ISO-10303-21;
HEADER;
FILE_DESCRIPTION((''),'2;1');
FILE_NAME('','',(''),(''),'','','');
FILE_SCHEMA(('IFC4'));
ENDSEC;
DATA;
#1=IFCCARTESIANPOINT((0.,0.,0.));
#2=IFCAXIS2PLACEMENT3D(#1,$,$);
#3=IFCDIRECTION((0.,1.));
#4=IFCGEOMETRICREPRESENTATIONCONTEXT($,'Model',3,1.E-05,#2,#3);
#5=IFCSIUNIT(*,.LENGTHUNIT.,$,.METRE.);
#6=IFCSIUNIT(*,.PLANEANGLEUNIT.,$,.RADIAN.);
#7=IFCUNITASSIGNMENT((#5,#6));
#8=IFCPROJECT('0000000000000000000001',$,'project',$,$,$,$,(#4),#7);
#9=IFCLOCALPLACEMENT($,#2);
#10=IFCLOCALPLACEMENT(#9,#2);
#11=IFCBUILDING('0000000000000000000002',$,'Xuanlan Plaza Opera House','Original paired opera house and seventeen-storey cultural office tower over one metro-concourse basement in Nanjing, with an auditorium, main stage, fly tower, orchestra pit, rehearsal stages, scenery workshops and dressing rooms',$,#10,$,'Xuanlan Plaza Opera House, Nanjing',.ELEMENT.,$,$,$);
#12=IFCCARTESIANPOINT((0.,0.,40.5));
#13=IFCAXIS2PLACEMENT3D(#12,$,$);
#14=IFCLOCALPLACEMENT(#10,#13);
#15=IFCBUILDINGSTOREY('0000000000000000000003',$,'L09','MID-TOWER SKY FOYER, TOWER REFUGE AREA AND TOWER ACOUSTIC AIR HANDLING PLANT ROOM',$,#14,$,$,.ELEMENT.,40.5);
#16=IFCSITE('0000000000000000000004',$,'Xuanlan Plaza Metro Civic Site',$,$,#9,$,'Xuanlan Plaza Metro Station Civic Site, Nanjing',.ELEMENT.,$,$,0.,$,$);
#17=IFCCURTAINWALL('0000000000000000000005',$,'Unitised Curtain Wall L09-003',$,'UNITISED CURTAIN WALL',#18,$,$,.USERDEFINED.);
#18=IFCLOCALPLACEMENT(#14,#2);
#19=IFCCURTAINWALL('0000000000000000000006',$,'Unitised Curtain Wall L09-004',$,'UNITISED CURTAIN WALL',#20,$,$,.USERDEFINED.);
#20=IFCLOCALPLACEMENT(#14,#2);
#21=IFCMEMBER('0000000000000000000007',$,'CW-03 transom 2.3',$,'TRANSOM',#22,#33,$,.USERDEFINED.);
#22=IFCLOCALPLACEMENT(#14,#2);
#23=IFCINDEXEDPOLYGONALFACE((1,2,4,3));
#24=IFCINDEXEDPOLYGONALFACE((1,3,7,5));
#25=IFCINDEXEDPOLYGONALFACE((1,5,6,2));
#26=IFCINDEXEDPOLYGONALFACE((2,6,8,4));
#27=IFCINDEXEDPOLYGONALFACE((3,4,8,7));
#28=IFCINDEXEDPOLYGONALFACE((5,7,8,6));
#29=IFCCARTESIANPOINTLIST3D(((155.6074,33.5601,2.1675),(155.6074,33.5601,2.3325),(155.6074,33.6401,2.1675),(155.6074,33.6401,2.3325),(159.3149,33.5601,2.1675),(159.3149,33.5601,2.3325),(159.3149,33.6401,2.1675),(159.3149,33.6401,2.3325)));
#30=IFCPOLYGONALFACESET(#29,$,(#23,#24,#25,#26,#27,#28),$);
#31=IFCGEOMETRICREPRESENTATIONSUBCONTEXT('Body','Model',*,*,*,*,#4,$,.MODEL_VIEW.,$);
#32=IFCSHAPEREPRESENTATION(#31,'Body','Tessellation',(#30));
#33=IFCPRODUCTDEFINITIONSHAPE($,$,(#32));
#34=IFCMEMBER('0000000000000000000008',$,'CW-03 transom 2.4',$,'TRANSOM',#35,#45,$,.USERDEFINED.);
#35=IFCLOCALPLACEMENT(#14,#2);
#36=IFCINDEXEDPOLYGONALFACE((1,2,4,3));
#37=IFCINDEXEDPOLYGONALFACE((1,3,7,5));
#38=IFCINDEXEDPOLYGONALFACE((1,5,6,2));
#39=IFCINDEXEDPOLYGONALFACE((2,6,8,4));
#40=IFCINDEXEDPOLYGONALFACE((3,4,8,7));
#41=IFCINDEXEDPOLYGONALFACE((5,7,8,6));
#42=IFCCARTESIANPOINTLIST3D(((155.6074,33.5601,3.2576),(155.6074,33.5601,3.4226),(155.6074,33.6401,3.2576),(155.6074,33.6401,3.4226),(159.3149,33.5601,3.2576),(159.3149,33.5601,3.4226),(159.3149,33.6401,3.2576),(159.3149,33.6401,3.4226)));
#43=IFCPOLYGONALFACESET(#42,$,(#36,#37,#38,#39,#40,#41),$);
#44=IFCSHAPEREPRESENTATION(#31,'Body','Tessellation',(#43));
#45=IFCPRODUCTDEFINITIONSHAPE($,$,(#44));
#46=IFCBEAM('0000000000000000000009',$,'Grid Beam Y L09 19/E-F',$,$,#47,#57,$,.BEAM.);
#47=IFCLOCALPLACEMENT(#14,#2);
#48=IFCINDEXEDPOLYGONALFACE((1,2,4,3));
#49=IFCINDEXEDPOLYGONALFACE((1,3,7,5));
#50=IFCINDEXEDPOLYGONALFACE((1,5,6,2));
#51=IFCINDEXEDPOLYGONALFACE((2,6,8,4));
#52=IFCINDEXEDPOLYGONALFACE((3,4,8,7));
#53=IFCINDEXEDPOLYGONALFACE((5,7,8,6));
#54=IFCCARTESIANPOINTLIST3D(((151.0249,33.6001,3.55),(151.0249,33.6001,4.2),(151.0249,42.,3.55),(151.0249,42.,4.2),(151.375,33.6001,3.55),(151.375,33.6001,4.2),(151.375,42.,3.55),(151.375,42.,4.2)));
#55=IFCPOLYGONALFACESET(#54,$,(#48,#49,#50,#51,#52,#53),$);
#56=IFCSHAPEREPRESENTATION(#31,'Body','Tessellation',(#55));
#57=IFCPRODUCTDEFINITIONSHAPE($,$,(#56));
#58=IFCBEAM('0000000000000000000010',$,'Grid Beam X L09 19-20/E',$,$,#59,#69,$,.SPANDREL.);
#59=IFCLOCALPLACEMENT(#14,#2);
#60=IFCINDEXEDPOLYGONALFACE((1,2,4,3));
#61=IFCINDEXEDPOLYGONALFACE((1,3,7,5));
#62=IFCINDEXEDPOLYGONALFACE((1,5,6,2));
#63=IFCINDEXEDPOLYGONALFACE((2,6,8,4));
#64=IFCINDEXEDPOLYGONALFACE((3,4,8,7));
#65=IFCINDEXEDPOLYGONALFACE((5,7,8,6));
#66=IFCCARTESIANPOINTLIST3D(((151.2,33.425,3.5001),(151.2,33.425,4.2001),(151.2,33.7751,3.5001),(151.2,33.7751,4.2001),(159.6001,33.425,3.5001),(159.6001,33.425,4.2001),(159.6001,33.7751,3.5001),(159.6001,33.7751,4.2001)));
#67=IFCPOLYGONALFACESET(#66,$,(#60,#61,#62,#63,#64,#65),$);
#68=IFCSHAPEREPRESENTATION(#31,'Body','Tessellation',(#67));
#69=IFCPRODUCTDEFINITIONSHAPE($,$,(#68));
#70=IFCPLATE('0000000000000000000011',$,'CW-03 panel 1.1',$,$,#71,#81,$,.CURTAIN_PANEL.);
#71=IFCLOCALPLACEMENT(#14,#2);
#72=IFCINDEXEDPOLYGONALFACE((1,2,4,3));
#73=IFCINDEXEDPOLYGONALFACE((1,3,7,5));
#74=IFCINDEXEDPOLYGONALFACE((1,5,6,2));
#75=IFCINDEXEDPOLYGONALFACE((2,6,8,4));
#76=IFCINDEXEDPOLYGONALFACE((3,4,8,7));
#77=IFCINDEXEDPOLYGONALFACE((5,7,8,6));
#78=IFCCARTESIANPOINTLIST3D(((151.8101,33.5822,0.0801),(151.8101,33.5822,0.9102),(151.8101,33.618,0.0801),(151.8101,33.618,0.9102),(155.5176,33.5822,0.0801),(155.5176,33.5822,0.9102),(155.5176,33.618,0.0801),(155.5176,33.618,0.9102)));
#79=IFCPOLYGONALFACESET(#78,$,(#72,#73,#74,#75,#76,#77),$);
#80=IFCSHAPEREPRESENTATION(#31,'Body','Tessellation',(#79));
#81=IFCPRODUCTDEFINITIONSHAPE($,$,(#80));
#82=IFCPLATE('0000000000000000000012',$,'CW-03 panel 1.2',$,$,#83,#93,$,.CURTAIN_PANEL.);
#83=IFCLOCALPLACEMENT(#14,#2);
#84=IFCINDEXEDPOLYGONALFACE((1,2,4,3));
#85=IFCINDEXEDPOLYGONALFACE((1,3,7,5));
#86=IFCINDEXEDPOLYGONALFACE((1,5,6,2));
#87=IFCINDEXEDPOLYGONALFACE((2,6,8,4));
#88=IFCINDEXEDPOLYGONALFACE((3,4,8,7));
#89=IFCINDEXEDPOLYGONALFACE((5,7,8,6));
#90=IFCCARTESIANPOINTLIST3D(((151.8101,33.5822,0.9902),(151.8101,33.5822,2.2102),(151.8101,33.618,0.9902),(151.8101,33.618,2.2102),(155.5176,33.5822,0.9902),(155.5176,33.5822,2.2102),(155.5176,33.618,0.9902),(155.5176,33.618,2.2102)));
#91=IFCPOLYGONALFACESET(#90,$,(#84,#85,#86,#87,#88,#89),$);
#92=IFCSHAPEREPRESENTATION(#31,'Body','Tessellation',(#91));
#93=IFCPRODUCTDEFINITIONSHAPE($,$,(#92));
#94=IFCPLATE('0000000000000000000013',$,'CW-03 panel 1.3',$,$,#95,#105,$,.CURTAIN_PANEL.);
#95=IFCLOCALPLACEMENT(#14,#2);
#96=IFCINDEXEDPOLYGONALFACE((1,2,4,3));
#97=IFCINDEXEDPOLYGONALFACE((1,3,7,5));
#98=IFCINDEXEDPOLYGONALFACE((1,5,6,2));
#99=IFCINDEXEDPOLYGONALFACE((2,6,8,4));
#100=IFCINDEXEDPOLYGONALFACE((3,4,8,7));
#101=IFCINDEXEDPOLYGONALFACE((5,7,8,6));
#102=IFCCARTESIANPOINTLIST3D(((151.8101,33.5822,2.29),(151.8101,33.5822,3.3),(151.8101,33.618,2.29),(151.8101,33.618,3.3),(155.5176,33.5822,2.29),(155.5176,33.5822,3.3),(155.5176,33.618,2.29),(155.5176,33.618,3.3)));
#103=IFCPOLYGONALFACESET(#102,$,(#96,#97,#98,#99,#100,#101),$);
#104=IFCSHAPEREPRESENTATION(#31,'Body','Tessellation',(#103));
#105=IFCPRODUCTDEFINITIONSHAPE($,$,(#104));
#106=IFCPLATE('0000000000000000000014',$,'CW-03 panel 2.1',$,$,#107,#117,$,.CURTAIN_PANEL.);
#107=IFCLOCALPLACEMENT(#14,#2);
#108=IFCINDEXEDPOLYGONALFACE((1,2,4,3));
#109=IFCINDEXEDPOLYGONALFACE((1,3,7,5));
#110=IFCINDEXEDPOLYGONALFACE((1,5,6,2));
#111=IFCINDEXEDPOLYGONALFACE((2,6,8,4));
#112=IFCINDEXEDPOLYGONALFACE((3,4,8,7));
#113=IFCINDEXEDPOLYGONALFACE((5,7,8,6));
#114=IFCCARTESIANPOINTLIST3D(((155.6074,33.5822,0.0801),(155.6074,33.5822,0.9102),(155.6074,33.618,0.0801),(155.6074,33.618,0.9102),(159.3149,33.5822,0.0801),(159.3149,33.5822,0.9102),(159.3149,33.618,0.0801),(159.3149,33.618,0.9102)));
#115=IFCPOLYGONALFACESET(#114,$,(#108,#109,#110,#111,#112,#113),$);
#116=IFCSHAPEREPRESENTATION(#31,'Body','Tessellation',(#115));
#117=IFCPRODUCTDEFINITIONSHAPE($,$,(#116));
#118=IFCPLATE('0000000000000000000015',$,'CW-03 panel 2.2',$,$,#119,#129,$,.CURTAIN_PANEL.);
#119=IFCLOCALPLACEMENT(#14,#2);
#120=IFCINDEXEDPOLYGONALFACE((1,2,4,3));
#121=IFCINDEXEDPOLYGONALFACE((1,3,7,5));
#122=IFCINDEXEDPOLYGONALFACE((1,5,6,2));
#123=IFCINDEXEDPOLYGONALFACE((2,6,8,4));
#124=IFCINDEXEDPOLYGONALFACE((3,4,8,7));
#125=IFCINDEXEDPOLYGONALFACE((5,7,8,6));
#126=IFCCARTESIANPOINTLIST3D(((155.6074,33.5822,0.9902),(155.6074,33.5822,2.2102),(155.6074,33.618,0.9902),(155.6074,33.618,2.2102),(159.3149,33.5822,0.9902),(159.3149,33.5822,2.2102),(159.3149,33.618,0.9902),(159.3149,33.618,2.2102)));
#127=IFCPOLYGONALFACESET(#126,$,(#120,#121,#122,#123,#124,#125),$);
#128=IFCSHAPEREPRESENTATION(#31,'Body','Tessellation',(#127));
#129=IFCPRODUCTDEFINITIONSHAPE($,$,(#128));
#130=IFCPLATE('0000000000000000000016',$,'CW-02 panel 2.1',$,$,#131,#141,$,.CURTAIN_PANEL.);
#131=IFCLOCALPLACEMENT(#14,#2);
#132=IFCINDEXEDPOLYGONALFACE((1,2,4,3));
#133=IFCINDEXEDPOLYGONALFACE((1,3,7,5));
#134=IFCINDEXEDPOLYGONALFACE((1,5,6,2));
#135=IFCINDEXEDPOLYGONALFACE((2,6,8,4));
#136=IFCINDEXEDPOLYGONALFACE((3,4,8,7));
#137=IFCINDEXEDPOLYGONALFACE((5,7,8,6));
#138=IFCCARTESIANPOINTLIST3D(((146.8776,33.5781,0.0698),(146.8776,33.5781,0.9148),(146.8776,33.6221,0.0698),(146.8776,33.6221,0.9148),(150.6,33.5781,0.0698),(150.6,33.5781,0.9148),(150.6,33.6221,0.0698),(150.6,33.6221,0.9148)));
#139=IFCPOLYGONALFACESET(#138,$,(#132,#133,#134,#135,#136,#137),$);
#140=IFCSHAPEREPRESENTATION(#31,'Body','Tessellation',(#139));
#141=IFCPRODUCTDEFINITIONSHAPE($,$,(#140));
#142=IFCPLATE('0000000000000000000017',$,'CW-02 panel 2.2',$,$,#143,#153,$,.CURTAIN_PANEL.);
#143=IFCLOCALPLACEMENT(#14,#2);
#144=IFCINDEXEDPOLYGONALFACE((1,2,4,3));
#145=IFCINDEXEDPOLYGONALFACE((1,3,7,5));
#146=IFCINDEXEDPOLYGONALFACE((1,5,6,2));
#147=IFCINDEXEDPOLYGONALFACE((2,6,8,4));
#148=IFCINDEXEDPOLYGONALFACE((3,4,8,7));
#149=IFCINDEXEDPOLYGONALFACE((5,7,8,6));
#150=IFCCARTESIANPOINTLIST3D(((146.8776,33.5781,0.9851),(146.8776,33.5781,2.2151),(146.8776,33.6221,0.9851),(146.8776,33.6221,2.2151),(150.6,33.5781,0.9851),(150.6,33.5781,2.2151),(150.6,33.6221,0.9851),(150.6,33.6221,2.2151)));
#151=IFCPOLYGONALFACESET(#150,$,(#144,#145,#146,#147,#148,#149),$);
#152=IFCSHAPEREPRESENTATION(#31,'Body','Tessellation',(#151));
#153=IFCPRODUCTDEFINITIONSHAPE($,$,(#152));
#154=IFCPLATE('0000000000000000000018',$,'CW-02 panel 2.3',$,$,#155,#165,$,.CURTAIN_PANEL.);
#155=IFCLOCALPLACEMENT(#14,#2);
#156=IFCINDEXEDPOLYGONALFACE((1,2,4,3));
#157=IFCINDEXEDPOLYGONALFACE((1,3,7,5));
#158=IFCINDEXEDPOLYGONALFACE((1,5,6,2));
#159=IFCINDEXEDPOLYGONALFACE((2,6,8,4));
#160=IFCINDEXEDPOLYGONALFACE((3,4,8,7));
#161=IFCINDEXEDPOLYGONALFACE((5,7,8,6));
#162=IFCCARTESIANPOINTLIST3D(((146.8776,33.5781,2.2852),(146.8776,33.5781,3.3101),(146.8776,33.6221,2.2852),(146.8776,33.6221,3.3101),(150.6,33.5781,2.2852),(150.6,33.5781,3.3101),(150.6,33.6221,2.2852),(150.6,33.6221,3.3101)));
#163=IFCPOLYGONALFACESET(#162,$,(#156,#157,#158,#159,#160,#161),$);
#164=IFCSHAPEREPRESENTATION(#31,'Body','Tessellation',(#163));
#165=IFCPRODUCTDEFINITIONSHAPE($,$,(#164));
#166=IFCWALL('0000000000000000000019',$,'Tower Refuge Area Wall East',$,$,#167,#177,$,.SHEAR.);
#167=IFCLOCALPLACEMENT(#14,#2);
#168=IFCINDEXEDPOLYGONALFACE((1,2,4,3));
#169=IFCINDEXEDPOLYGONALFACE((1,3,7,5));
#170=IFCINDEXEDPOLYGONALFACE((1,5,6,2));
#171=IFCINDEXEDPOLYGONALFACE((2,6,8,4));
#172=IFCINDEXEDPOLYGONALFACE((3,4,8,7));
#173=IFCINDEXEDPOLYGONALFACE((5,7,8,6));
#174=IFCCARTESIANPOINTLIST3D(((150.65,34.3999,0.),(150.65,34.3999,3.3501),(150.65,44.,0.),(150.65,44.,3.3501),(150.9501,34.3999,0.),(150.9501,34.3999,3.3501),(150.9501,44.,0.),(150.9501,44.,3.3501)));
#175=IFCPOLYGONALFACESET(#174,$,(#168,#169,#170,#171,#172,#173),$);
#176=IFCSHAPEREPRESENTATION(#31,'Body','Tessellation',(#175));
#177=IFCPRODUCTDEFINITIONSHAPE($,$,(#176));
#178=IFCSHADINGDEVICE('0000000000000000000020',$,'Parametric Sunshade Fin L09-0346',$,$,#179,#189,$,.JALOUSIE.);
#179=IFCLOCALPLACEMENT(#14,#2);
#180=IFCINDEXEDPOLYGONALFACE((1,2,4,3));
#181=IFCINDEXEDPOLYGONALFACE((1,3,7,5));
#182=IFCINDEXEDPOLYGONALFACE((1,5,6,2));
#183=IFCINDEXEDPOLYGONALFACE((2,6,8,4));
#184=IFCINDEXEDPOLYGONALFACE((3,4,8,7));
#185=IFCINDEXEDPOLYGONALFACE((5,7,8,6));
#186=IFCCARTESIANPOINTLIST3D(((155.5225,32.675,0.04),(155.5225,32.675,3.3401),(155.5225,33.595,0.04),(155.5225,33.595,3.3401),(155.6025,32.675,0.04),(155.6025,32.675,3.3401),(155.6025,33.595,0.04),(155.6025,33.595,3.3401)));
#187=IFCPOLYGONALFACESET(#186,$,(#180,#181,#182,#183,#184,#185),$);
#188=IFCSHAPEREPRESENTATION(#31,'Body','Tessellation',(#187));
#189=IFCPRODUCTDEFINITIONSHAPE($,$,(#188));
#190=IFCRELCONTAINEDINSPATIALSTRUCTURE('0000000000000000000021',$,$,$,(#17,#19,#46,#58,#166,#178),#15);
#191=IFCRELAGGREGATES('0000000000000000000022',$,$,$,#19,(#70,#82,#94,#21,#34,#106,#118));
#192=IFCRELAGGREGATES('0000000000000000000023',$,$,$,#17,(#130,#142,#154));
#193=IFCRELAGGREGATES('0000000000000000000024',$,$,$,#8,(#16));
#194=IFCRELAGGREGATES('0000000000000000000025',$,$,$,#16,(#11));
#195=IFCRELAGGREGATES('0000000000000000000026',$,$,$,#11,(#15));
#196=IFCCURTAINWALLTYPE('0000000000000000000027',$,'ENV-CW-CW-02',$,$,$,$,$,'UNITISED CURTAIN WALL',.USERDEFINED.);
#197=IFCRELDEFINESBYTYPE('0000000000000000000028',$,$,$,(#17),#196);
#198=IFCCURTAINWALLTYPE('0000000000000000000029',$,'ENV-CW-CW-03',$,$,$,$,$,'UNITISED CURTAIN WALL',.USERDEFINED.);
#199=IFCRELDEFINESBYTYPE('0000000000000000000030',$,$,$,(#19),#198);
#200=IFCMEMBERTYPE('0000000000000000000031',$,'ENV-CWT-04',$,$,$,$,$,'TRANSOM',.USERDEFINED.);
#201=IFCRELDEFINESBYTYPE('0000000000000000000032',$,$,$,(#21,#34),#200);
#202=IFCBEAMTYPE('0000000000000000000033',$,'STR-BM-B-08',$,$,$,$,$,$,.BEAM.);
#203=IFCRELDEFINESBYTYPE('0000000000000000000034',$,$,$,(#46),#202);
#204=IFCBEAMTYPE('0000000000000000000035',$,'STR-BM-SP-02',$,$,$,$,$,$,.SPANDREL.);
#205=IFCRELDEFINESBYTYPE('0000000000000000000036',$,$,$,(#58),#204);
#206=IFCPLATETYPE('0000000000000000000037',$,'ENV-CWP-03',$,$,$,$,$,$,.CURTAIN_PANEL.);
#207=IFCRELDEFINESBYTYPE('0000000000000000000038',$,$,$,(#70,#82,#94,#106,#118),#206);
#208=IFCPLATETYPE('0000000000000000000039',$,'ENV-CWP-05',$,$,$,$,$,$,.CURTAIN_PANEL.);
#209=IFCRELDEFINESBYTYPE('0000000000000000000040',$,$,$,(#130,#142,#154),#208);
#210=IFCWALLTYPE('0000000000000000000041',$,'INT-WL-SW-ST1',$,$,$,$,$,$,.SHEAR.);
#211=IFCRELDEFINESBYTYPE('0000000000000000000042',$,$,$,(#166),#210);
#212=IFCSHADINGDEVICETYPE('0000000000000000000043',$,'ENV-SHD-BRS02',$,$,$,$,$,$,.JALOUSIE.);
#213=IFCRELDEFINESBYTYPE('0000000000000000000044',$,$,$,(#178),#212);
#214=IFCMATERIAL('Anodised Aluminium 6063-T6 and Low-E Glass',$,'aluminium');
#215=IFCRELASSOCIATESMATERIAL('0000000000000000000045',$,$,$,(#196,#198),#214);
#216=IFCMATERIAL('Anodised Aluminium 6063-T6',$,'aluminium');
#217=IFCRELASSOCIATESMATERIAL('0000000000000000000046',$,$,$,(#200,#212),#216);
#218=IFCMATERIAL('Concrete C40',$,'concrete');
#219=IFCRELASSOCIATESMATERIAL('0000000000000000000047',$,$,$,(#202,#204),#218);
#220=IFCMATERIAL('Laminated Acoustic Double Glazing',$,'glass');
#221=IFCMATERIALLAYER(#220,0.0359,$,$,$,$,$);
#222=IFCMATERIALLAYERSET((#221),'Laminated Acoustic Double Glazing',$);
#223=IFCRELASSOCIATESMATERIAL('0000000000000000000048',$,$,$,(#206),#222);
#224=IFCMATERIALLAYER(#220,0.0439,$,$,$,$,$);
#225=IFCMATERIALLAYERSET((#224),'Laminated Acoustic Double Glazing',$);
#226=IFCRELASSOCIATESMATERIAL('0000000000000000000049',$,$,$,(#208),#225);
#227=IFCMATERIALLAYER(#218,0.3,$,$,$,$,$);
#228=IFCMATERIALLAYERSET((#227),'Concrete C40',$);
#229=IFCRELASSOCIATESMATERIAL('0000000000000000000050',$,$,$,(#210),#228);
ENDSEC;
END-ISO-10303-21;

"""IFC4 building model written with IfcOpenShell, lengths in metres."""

from ifc_helpers import new_model, si_unit, direction, frame, frame_2d, origin, origin_2d, place, context, subcontext, project, spatial, rectangle, extrude, material, layer, layer_set, material_profile, profile_set, type_object, element, aggregate, save


model = new_model("IFC4")

# Units and contexts
model_context = context("Model", 3, precision=1e-05, world=origin(), true_north=direction((0.0, 1.0)))
body_context = subcontext(model_context, "Body", "Model", "MODEL_VIEW")
ifc_project = project(units=[si_unit("LENGTHUNIT", "METRE"), si_unit("PLANEANGLEUNIT", "RADIAN")], contexts=[model_context])

# Site, building, storey
site_placement = place(None, origin())
site = spatial("IfcSite", under=ifc_project, at=site_placement, Name="Xuanlan Plaza Metro Civic Site", LongName="Xuanlan Plaza Metro Station Civic Site, Nanjing", CompositionType="ELEMENT", RefElevation=0.0)
building_placement = place(site_placement, origin())
building = spatial("IfcBuilding", under=site, at=building_placement, Name="Xuanlan Plaza Opera House", Description="Original paired opera house and seventeen-storey cultural office tower over one metro-concourse basement in Nanjing, with an auditorium, main stage, fly tower, orchestra pit, rehearsal stages, scenery workshops and dressing rooms", LongName="Xuanlan Plaza Opera House, Nanjing", CompositionType="ELEMENT")
storey_placement = place(building_placement, frame((0.0, 0.0, 40.5)))
storey = spatial("IfcBuildingStorey", under=building, at=storey_placement, Name="L09", Description="MID-TOWER SKY FOYER, TOWER REFUGE AREA AND TOWER ACOUSTIC AIR HANDLING PLANT ROOM", CompositionType="ELEMENT", Elevation=40.5)

# Curtain wall
ifc_material_1 = material(Name="Anodised Aluminium 6063-T6 and Low-E Glass", Category="aluminium")
curtain_wall_type_1 = type_object("IfcCurtainWallType", Name="ENV-CW-CW-02", ElementType="UNITISED CURTAIN WALL", PredefinedType="USERDEFINED", material=ifc_material_1)
curtain_wall_1_placement = place(storey_placement, origin())
curtain_wall_1 = element("IfcCurtainWall", 1, at=curtain_wall_1_placement, inside=storey, type_object=curtain_wall_type_1, Name="Unitised Curtain Wall L09-003", ObjectType="UNITISED CURTAIN WALL", PredefinedType="USERDEFINED")
ifc_material_2 = material(Name="Anodised Aluminium 6063-T6", Category="aluminium")

# Curtain wall
curtain_wall_type_2 = type_object("IfcCurtainWallType", Name="ENV-CW-CW-03", ElementType="UNITISED CURTAIN WALL", PredefinedType="USERDEFINED", material=ifc_material_1)
curtain_wall_2_placement = place(storey_placement, origin())
curtain_wall_2 = element("IfcCurtainWall", 2, at=curtain_wall_2_placement, inside=storey, type_object=curtain_wall_type_2, Name="Unitised Curtain Wall L09-004", ObjectType="UNITISED CURTAIN WALL", PredefinedType="USERDEFINED")

# Members
ifc_material_profile_1 = material_profile(ifc_material_2, rectangle(XDim=0.0801, YDim=0.165, at=origin_2d()), Name="ALU-T 80x165")
ifc_profile_set_1 = profile_set([ifc_material_profile_1], Name="Anodised Aluminium 6063-T6")
member_type_1 = type_object("IfcMemberType", Name="ENV-CWT-04", ElementType="TRANSOM", PredefinedType="USERDEFINED", material=ifc_profile_set_1)
member_1_placement = place(storey_placement, frame((155.6074, 33.6001, 2.25), z_axis=(1.0, 0.0, 0.0), x_axis=(0.0, 1.0, 0.0)))
member_1 = element("IfcMember", 3, at=member_1_placement, type_object=member_type_1, Name="CW-03 transom 2.3", ObjectType="TRANSOM", PredefinedType="USERDEFINED", context=body_context, shape_type="SweptSolid", body=[
    extrude(rectangle(XDim=0.0801, YDim=0.165, at=origin_2d()), origin(), (0.0, 0.0, 1.0), 3.7075),
])
member_2_placement = place(storey_placement, frame((155.6074, 33.6001, 3.3401), z_axis=(1.0, 0.0, 0.0), x_axis=(0.0, 1.0, 0.0)))
member_2 = element("IfcMember", 4, at=member_2_placement, type_object=member_type_1, Name="CW-03 transom 2.4", ObjectType="TRANSOM", PredefinedType="USERDEFINED", context=body_context, shape_type="SweptSolid", body=[
    extrude(rectangle(XDim=0.0801, YDim=0.165, at=origin_2d()), origin(), (0.0, 0.0, 1.0), 3.7075),
])

# Beams
ifc_material_3 = material(Name="Concrete C40", Category="concrete")
ifc_material_profile_2 = material_profile(ifc_material_3, rectangle(XDim=0.3501, YDim=0.6499, at=origin_2d()), Name="RC-BM 350x650")
ifc_profile_set_2 = profile_set([ifc_material_profile_2], Name="Concrete C40")
beam_type_1 = type_object("IfcBeamType", Name="STR-BM-B-08", PredefinedType="BEAM", material=ifc_profile_set_2)
beam_1_placement = place(storey_placement, frame((151.2, 33.6001, 3.875), z_axis=(0.0, 1.0, 0.0), x_axis=(-1.0, 0.0, 0.0)))
element("IfcBeam", 5, at=beam_1_placement, inside=storey, type_object=beam_type_1, Name="Grid Beam Y L09 19/E-F", PredefinedType="BEAM", context=body_context, shape_type="SweptSolid", body=[
    extrude(rectangle(XDim=0.3501, YDim=0.6499, at=origin_2d()), origin(), (0.0, 0.0, 1.0), 8.3999),
])
ifc_material_profile_3 = material_profile(ifc_material_3, rectangle(XDim=0.3501, YDim=0.7, at=origin_2d()), Name="RC-SPD 350x700")
ifc_profile_set_3 = profile_set([ifc_material_profile_3], Name="Concrete C40")
beam_type_2 = type_object("IfcBeamType", Name="STR-BM-SP-02", PredefinedType="SPANDREL", material=ifc_profile_set_3)
beam_2_placement = place(storey_placement, frame((151.2, 33.6001, 3.8501), z_axis=(1.0, 0.0, 0.0), x_axis=(0.0, 1.0, 0.0)))
element("IfcBeam", 6, at=beam_2_placement, inside=storey, type_object=beam_type_2, Name="Grid Beam X L09 19-20/E", PredefinedType="SPANDREL", context=body_context, shape_type="SweptSolid", body=[
    extrude(rectangle(XDim=0.3501, YDim=0.7, at=origin_2d()), origin(), (0.0, 0.0, 1.0), 8.4001),
])

# Plates
ifc_material_4 = material(Name="Laminated Acoustic Double Glazing", Category="glass")
ifc_layer_1 = layer(ifc_material_4, 0.0359)
ifc_layer_set_1 = layer_set([ifc_layer_1], Name="Laminated Acoustic Double Glazing")
plate_type_1 = type_object("IfcPlateType", Name="ENV-CWP-03", PredefinedType="CURTAIN_PANEL", material=ifc_layer_set_1)
plate_1_placement = place(storey_placement, frame((153.6638, 33.6001, 0.0801), z_axis=(0.0, 0.0, 1.0), x_axis=(1.0, 0.0, 0.0)))
plate_1 = element("IfcPlate", 7, at=plate_1_placement, type_object=plate_type_1, Name="CW-03 panel 1.1", PredefinedType="CURTAIN_PANEL", context=body_context, shape_type="SweptSolid", body=[
    extrude(rectangle(XDim=3.7075, YDim=0.0359, at=origin_2d()), origin(), (0.0, 0.0, 1.0), 0.8301),
])
plate_2_placement = place(storey_placement, frame((153.6638, 33.6001, 0.9902), z_axis=(0.0, 0.0, 1.0), x_axis=(1.0, 0.0, 0.0)))
plate_2 = element("IfcPlate", 8, at=plate_2_placement, type_object=plate_type_1, Name="CW-03 panel 1.2", PredefinedType="CURTAIN_PANEL", context=body_context, shape_type="SweptSolid", body=[
    extrude(rectangle(XDim=3.7075, YDim=0.0359, at=origin_2d()), origin(), (0.0, 0.0, 1.0), 1.22),
])
plate_3_placement = place(storey_placement, frame((153.6638, 33.6001, 2.29), z_axis=(0.0, 0.0, 1.0), x_axis=(1.0, 0.0, 0.0)))
plate_3 = element("IfcPlate", 9, at=plate_3_placement, type_object=plate_type_1, Name="CW-03 panel 1.3", PredefinedType="CURTAIN_PANEL", context=body_context, shape_type="SweptSolid", body=[
    extrude(rectangle(XDim=3.7075, YDim=0.0359, at=origin_2d()), origin(), (0.0, 0.0, 1.0), 1.01),
])
plate_4_placement = place(storey_placement, frame((157.4612, 33.6001, 0.0801), z_axis=(0.0, 0.0, 1.0), x_axis=(1.0, 0.0, 0.0)))
plate_4 = element("IfcPlate", 10, at=plate_4_placement, type_object=plate_type_1, Name="CW-03 panel 2.1", PredefinedType="CURTAIN_PANEL", context=body_context, shape_type="SweptSolid", body=[
    extrude(rectangle(XDim=3.7075, YDim=0.0359, at=origin_2d()), origin(), (0.0, 0.0, 1.0), 0.8301),
])
plate_5_placement = place(storey_placement, frame((157.4612, 33.6001, 0.9902), z_axis=(0.0, 0.0, 1.0), x_axis=(1.0, 0.0, 0.0)))
plate_5 = element("IfcPlate", 11, at=plate_5_placement, type_object=plate_type_1, Name="CW-03 panel 2.2", PredefinedType="CURTAIN_PANEL", context=body_context, shape_type="SweptSolid", body=[
    extrude(rectangle(XDim=3.7075, YDim=0.0359, at=origin_2d()), origin(), (0.0, 0.0, 1.0), 1.22),
])
aggregate(curtain_wall_2, [plate_1, plate_2, plate_3, member_1, member_2, plate_4, plate_5])
ifc_layer_2 = layer(ifc_material_4, 0.0439)
ifc_layer_set_2 = layer_set([ifc_layer_2], Name="Laminated Acoustic Double Glazing")
plate_type_2 = type_object("IfcPlateType", Name="ENV-CWP-05", PredefinedType="CURTAIN_PANEL", material=ifc_layer_set_2)
plate_6_placement = place(storey_placement, frame((148.7388, 33.6001, 0.0698), z_axis=(0.0, 0.0, 1.0), x_axis=(1.0, 0.0, 0.0)))
plate_6 = element("IfcPlate", 12, at=plate_6_placement, type_object=plate_type_2, Name="CW-02 panel 2.1", PredefinedType="CURTAIN_PANEL", context=body_context, shape_type="SweptSolid", body=[
    extrude(rectangle(XDim=3.7224, YDim=0.0439, at=origin_2d()), origin(), (0.0, 0.0, 1.0), 0.845),
])
plate_7_placement = place(storey_placement, frame((148.7388, 33.6001, 0.9851), z_axis=(0.0, 0.0, 1.0), x_axis=(1.0, 0.0, 0.0)))
plate_7 = element("IfcPlate", 13, at=plate_7_placement, type_object=plate_type_2, Name="CW-02 panel 2.2", PredefinedType="CURTAIN_PANEL", context=body_context, shape_type="SweptSolid", body=[
    extrude(rectangle(XDim=3.7224, YDim=0.0439, at=origin_2d()), origin(), (0.0, 0.0, 1.0), 1.23),
])
plate_8_placement = place(storey_placement, frame((148.7388, 33.6001, 2.2852), z_axis=(0.0, 0.0, 1.0), x_axis=(1.0, 0.0, 0.0)))
plate_8 = element("IfcPlate", 14, at=plate_8_placement, type_object=plate_type_2, Name="CW-02 panel 2.3", PredefinedType="CURTAIN_PANEL", context=body_context, shape_type="SweptSolid", body=[
    extrude(rectangle(XDim=3.7224, YDim=0.0439, at=origin_2d()), origin(), (0.0, 0.0, 1.0), 1.0249),
])
aggregate(curtain_wall_1, [plate_6, plate_7, plate_8])

# Wall
ifc_layer_3 = layer(ifc_material_3, 0.3)
ifc_layer_set_3 = layer_set([ifc_layer_3], Name="Concrete C40")
wall_type = type_object("IfcWallType", Name="INT-WL-SW-ST1", PredefinedType="SHEAR", material=ifc_layer_set_3)
wall_placement = place(storey_placement, frame((150.8, 34.3999, 0.0), z_axis=(0.0, 0.0, 1.0), x_axis=(0.0, 1.0, 0.0)))
element("IfcWall", 15, at=wall_placement, inside=storey, type_object=wall_type, Name="Tower Refuge Area Wall East", PredefinedType="SHEAR", context=body_context, shape_type="SweptSolid", body=[
    extrude(rectangle(XDim=9.6001, YDim=0.3, at=frame_2d((4.8, 0.0))), origin(), (0.0, 0.0, 1.0), 3.3501),
])

# Shading device
shading_device_type = type_object("IfcShadingDeviceType", Name="ENV-SHD-BRS02", PredefinedType="JALOUSIE", material=ifc_material_2)
shading_device_placement = place(storey_placement, frame((155.5625, 33.135, 0.04), z_axis=(0.0, 0.0, 1.0), x_axis=(0.0, -1.0, 0.0)))
element("IfcShadingDevice", 16, at=shading_device_placement, inside=storey, type_object=shading_device_type, Name="Parametric Sunshade Fin L09-0346", PredefinedType="JALOUSIE", context=body_context, shape_type="SweptSolid", body=[
    extrude(rectangle(XDim=0.9199, YDim=0.0801, at=origin_2d()), origin(), (0.0, 0.0, 1.0), 3.3),
])

save(model, "model.ifc")
